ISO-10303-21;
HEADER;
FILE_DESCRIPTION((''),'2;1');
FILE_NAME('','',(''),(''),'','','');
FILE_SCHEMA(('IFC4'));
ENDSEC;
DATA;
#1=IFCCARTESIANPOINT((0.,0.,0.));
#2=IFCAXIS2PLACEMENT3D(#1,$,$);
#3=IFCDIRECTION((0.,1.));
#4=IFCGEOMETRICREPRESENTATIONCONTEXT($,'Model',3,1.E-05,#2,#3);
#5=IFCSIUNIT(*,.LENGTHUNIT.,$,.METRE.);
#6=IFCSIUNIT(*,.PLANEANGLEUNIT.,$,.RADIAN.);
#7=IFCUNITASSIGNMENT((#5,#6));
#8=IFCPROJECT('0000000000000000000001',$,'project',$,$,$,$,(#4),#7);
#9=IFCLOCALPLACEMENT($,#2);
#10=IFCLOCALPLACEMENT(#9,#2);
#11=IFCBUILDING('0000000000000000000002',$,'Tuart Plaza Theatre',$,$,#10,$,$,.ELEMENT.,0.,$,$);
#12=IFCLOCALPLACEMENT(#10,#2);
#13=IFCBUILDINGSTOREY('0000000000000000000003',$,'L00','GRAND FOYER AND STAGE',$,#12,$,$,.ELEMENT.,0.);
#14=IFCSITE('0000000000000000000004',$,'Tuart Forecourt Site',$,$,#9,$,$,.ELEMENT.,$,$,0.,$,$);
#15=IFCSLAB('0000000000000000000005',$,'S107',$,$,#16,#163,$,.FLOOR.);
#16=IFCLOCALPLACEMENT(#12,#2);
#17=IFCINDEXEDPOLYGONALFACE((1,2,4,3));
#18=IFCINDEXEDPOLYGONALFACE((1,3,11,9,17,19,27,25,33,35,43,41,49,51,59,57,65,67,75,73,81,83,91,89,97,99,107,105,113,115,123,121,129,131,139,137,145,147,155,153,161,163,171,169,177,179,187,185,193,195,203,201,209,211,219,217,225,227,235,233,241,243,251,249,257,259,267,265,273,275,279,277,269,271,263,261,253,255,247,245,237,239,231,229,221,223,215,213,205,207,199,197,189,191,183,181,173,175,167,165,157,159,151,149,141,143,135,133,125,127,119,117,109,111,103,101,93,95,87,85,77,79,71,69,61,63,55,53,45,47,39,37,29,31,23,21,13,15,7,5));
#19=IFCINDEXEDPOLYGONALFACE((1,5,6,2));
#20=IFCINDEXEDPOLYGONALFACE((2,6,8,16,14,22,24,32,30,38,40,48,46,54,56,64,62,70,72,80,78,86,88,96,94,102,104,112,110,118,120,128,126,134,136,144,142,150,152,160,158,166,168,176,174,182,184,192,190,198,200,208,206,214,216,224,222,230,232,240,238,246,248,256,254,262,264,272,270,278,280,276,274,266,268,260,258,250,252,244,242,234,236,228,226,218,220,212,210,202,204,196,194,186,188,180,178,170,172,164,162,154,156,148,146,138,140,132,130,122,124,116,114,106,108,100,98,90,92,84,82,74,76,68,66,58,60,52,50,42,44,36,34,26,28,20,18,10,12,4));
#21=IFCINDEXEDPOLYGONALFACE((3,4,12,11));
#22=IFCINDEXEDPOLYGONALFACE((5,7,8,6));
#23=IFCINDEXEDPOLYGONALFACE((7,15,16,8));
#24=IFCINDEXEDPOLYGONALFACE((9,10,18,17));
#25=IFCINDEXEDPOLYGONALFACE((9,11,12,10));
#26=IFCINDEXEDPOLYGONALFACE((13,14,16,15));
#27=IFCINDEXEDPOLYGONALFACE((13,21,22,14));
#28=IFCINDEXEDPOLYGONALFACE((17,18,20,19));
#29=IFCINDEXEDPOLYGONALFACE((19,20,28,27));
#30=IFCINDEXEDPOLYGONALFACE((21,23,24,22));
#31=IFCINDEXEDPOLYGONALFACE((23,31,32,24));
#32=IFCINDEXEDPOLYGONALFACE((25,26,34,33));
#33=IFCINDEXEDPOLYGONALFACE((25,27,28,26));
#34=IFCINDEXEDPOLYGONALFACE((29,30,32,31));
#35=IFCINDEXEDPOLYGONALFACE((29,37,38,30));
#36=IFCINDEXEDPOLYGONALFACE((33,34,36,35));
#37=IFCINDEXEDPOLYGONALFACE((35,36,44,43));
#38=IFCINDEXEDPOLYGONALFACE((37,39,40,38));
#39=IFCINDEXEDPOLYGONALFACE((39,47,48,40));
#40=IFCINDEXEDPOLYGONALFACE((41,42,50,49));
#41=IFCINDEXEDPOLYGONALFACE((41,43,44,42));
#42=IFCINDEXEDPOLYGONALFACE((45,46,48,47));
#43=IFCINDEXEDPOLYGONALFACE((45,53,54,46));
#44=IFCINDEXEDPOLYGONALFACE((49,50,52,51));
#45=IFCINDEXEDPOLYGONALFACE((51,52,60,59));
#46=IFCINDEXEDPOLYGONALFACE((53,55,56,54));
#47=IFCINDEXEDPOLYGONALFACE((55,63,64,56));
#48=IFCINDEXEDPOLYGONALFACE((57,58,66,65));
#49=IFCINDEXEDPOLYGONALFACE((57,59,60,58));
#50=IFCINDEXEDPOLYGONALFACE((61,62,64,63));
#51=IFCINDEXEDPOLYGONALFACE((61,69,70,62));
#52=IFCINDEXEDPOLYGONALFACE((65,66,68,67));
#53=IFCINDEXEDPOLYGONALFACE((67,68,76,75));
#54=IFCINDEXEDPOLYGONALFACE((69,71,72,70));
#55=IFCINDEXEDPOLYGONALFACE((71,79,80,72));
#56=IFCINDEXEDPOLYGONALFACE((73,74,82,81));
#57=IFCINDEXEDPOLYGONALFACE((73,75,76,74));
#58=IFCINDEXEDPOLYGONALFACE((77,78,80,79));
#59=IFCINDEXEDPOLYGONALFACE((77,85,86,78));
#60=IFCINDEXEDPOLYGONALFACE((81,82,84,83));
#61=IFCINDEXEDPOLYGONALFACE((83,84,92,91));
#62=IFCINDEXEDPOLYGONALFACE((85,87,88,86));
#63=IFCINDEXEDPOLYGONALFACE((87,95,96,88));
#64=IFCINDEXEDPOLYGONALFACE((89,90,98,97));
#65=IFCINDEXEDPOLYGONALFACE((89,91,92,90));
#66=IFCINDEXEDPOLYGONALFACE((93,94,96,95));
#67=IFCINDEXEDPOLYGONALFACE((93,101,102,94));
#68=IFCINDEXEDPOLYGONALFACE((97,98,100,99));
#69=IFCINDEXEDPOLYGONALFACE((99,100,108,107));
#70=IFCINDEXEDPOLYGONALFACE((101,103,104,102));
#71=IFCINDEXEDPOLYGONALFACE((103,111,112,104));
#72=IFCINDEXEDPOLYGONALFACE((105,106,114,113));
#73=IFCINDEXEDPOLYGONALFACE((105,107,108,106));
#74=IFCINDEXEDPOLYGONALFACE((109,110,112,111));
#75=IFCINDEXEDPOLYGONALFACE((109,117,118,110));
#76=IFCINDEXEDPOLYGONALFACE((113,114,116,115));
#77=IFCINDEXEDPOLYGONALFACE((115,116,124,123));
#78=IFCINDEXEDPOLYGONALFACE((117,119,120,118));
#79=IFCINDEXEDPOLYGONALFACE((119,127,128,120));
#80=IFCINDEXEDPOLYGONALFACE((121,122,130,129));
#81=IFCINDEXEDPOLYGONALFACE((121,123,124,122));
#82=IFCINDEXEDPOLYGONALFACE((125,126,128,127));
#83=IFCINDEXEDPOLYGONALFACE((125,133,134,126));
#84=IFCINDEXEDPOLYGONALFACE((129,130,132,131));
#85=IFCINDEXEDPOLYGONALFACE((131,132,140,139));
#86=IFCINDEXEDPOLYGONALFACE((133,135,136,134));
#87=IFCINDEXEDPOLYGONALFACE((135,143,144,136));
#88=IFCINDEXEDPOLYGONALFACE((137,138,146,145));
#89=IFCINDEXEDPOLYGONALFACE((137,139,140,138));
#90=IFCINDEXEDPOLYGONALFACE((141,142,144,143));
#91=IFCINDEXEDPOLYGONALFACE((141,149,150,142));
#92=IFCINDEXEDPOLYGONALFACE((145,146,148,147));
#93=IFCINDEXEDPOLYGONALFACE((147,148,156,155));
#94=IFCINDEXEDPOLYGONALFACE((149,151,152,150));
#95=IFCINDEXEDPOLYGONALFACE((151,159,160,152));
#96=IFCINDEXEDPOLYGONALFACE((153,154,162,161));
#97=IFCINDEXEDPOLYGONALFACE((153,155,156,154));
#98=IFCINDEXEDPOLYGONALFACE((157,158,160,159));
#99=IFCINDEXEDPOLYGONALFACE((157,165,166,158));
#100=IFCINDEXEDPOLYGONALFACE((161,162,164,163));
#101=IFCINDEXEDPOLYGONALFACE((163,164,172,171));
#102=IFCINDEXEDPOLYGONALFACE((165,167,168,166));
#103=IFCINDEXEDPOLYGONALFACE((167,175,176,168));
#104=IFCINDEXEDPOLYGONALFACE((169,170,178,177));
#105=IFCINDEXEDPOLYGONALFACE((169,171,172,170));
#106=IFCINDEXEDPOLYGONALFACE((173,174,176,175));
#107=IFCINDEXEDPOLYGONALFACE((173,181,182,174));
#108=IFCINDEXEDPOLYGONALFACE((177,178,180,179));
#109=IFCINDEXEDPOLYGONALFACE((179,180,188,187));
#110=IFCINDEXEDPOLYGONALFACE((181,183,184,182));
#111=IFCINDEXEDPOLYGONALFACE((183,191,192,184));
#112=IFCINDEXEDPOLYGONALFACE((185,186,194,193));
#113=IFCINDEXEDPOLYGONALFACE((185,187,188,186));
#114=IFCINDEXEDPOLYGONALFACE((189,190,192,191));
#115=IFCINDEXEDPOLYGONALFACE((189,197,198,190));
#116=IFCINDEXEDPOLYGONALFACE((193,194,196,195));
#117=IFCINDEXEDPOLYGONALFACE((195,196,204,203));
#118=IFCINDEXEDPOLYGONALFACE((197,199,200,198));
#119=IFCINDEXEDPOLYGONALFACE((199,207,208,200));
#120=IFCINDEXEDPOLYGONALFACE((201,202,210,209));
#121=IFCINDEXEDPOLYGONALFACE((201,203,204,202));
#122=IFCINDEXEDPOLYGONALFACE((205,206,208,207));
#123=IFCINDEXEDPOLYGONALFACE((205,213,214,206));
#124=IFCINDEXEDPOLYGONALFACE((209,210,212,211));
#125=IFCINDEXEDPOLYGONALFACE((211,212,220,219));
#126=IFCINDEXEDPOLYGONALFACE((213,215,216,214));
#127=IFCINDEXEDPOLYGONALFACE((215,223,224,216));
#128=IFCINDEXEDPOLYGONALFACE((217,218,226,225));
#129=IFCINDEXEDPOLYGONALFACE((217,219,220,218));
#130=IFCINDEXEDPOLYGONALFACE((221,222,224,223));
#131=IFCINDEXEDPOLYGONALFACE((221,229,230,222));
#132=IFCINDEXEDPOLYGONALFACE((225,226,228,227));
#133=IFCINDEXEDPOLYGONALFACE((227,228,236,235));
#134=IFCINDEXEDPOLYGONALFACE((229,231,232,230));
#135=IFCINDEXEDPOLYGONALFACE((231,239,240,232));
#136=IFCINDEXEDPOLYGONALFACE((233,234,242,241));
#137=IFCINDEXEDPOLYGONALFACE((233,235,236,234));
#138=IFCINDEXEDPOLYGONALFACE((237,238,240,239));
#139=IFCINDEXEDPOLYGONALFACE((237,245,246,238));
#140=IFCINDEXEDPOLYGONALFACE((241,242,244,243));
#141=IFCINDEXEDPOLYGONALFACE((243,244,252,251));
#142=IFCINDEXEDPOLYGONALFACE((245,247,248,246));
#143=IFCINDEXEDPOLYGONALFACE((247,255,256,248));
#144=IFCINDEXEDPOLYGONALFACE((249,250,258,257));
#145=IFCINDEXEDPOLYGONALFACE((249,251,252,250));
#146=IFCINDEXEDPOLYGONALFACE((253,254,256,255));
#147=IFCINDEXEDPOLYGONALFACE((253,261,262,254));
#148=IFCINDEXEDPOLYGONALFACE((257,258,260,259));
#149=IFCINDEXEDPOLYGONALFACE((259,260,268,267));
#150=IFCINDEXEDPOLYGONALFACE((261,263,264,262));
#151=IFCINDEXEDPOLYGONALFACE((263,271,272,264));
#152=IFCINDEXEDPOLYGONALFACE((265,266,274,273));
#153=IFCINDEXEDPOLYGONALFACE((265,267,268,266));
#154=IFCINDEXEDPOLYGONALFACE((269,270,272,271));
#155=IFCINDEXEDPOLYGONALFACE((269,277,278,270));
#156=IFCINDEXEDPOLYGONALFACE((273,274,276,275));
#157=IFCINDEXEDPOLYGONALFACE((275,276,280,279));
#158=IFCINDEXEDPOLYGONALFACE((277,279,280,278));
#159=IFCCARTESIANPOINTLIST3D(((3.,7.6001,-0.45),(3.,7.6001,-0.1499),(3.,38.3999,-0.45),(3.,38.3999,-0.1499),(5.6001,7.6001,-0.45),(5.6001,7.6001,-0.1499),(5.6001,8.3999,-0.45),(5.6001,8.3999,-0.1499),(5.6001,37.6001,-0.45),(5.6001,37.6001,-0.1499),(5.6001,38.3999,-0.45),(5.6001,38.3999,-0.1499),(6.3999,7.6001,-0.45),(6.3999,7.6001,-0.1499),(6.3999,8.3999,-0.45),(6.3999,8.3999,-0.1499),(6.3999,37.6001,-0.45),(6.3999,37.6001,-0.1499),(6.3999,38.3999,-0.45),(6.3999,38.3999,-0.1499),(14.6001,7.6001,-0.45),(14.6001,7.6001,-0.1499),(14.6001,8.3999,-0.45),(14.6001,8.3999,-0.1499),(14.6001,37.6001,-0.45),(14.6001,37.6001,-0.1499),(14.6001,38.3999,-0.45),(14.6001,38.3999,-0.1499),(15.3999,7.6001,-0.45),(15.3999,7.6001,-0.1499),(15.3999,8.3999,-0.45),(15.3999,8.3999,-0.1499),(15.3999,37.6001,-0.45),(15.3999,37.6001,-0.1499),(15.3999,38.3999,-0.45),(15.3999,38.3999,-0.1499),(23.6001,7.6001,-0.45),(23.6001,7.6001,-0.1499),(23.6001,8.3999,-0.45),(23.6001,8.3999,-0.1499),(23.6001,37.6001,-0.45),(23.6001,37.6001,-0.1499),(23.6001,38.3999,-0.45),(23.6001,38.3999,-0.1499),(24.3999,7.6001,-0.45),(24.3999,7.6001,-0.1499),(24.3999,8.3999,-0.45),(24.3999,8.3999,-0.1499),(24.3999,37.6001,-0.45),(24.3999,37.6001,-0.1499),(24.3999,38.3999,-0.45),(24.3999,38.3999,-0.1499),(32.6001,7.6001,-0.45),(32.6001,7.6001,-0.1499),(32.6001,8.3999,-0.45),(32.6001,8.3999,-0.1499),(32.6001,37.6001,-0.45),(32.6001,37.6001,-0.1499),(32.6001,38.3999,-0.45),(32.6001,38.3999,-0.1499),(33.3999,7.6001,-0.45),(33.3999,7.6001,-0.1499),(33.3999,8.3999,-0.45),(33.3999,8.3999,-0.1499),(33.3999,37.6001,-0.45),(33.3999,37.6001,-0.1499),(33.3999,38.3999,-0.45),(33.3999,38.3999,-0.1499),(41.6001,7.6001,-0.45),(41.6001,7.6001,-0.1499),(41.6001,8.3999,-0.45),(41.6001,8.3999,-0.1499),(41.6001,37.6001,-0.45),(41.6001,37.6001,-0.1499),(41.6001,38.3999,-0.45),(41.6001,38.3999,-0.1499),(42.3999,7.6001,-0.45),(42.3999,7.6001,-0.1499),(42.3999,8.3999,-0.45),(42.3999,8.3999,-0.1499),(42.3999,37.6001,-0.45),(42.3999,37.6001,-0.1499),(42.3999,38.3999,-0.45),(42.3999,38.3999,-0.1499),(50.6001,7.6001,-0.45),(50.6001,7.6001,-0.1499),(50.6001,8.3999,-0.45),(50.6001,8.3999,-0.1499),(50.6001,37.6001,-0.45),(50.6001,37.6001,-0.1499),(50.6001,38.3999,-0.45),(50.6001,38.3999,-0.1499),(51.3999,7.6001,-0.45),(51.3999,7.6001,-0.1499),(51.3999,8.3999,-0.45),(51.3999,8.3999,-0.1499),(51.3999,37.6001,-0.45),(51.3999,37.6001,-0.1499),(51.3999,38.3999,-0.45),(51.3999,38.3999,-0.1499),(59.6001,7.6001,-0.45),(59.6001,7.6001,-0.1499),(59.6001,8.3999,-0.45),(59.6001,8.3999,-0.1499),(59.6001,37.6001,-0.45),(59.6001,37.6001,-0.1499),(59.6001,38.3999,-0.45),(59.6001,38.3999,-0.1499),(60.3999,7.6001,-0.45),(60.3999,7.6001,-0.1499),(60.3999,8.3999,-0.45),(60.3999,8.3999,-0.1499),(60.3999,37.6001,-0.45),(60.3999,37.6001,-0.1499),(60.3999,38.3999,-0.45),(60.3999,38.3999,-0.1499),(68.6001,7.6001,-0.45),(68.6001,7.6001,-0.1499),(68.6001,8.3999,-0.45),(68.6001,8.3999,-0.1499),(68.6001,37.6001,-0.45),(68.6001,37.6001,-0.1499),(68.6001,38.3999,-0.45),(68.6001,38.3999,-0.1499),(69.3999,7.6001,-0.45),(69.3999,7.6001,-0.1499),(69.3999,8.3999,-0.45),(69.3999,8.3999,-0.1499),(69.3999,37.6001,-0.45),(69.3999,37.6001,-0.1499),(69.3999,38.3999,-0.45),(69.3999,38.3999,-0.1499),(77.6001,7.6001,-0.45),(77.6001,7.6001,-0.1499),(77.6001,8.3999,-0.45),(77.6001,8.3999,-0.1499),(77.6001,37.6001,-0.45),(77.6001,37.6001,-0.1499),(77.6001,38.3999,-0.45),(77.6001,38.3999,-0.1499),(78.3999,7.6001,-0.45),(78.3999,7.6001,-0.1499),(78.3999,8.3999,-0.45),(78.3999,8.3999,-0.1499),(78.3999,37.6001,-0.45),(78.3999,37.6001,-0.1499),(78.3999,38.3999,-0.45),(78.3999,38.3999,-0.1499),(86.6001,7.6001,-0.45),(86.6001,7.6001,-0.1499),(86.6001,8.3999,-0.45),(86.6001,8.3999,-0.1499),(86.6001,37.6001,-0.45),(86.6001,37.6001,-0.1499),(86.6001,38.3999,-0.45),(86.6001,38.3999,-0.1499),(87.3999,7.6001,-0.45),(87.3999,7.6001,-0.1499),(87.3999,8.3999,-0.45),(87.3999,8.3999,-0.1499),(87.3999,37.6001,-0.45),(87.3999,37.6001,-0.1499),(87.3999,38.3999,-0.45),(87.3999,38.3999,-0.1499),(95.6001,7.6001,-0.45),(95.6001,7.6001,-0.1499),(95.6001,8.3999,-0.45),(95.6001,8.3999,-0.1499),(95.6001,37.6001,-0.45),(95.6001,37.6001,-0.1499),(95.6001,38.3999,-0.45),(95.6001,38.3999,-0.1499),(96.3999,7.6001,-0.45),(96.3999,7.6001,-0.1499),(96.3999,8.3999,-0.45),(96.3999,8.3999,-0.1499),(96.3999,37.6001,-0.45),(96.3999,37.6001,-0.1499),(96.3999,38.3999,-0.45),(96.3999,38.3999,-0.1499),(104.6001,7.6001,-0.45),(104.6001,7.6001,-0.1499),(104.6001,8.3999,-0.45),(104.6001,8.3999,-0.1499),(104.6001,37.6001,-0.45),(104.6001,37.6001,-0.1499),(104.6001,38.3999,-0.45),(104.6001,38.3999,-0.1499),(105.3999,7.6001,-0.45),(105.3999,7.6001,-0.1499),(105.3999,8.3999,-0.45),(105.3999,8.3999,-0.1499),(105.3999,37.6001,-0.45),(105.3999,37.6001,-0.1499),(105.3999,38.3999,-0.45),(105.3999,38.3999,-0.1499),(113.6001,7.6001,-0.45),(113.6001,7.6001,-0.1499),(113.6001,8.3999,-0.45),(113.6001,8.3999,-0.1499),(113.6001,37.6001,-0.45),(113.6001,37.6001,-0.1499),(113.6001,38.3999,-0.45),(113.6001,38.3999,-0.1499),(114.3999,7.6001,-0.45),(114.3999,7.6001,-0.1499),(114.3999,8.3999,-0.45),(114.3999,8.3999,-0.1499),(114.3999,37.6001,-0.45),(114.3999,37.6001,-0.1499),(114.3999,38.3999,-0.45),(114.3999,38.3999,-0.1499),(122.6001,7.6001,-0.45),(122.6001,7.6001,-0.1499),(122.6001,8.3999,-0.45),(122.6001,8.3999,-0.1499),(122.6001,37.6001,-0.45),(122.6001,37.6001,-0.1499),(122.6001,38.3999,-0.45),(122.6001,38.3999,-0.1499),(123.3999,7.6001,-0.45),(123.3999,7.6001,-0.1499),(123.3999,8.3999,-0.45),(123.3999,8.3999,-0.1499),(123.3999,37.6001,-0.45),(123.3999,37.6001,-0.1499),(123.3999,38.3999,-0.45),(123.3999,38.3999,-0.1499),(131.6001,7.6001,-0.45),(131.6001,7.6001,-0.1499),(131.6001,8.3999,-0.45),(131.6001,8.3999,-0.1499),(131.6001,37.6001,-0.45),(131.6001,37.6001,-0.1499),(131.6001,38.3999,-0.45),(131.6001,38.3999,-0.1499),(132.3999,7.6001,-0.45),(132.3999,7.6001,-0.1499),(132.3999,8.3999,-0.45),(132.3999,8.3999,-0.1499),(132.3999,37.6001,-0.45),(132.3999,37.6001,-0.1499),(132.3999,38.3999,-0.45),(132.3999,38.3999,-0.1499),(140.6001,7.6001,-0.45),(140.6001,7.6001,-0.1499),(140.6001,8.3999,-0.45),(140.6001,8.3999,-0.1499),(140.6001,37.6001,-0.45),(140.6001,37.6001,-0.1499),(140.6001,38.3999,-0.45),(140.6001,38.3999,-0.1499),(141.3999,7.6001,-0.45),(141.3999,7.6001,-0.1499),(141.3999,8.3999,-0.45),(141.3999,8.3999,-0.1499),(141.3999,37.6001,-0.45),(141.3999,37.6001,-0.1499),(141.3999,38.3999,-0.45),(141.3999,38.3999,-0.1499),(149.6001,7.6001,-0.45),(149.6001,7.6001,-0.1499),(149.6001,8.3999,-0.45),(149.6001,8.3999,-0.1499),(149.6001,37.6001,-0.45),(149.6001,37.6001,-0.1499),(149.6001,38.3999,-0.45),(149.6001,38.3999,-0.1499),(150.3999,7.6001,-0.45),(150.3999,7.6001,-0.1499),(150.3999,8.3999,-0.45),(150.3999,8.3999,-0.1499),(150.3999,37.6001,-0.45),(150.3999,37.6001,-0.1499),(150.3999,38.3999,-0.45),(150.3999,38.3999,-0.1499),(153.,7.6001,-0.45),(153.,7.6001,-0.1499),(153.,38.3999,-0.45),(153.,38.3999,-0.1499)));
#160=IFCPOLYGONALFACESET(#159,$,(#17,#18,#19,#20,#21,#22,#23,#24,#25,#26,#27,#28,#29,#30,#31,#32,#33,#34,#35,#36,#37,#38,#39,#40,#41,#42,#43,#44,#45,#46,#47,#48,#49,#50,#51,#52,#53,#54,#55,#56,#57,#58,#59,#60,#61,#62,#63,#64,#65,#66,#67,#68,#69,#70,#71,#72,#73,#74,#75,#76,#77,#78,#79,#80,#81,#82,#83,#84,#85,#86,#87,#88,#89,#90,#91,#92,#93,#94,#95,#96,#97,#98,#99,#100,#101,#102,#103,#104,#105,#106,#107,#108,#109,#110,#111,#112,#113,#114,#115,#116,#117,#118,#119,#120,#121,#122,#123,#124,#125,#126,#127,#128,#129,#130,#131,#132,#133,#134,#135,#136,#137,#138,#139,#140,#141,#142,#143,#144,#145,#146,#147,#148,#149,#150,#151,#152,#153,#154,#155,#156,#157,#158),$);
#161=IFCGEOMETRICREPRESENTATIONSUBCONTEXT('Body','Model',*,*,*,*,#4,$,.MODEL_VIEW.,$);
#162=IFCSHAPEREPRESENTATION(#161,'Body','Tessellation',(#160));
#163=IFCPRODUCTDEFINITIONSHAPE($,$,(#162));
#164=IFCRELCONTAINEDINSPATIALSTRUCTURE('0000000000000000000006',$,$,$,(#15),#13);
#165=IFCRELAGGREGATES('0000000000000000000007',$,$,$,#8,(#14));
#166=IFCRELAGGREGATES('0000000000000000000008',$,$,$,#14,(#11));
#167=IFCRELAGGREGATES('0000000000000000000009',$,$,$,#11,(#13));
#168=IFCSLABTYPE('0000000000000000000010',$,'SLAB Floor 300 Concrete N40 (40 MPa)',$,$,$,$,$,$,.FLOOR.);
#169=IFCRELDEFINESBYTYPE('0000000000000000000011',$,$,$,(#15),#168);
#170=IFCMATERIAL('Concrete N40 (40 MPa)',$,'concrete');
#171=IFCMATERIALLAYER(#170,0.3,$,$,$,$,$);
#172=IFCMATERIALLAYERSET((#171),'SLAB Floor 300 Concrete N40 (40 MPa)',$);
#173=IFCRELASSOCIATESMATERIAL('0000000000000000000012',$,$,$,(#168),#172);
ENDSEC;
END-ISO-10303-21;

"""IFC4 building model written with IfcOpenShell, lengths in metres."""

from ifc_helpers import new_model, si_unit, direction, frame, origin, place, context, subcontext, project, spatial, polyline, outline, extrude, material, layer, layer_set, type_object, element, save


model = new_model("IFC4")

# Units and contexts
model_context = context("Model", 3, precision=1e-05, world=origin(), true_north=direction((0.0, 1.0)))
body_context = subcontext(model_context, "Body", "Model", "MODEL_VIEW")
ifc_project = project(units=[si_unit("LENGTHUNIT", "METRE"), si_unit("PLANEANGLEUNIT", "RADIAN")], contexts=[model_context])

# Site, building, storey
site_placement = place(None, origin())
site = spatial("IfcSite", under=ifc_project, at=site_placement, Name="Tuart Forecourt Site", CompositionType="ELEMENT", RefElevation=0.0)
building_placement = place(site_placement, origin())
building = spatial("IfcBuilding", under=site, at=building_placement, Name="Tuart Plaza Theatre", CompositionType="ELEMENT", ElevationOfRefHeight=0.0)
storey_placement = place(building_placement, origin())
storey = spatial("IfcBuildingStorey", under=building, at=storey_placement, Name="L00", Description="GRAND FOYER AND STAGE", CompositionType="ELEMENT", Elevation=0.0)

# Slab
ifc_material_1 = material(Name="Concrete N40 (40 MPa)", Category="concrete")
ifc_layer_1 = layer(ifc_material_1, 0.3)
ifc_layer_set_1 = layer_set([ifc_layer_1], Name="SLAB Floor 300 Concrete N40 (40 MPa)")
slab_type_1 = type_object("IfcSlabType", Name="SLAB Floor 300 Concrete N40 (40 MPa)", PredefinedType="FLOOR", material=ifc_layer_set_1)
slab_1_placement = place(storey_placement, frame((0.0, 0.0, -0.45)))
element("IfcSlab", 1, at=slab_1_placement, inside=storey, type_object=slab_type_1, Name="S107", PredefinedType="FLOOR", context=body_context, shape_type="SweptSolid", body=[
    extrude(outline(polyline([(5.6001, 7.6001), (5.6001, 8.3999), (6.3999, 8.3999), (6.3999, 7.6001), (14.6001, 7.6001), (14.6001, 8.3999), (15.3999, 8.3999), (15.3999, 7.6001), (23.6001, 7.6001), (23.6001, 8.3999), (24.3999, 8.3999), (24.3999, 7.6001), (32.6001, 7.6001), (32.6001, 8.3999), (33.3999, 8.3999), (33.3999, 7.6001), (41.6001, 7.6001), (41.6001, 8.3999), (42.3999, 8.3999), (42.3999, 7.6001), (50.6001, 7.6001), (50.6001, 8.3999), (51.3999, 8.3999), (51.3999, 7.6001), (59.6001, 7.6001), (59.6001, 8.3999), (60.3999, 8.3999), (60.3999, 7.6001), (68.6001, 7.6001), (68.6001, 8.3999), (69.3999, 8.3999), (69.3999, 7.6001), (77.6001, 7.6001), (77.6001, 8.3999), (78.3999, 8.3999), (78.3999, 7.6001), (86.6001, 7.6001), (86.6001, 8.3999), (87.3999, 8.3999), (87.3999, 7.6001), (95.6001, 7.6001), (95.6001, 8.3999), (96.3999, 8.3999), (96.3999, 7.6001), (104.6001, 7.6001), (104.6001, 8.3999), (105.3999, 8.3999), (105.3999, 7.6001), (113.6001, 7.6001), (113.6001, 8.3999), (114.3999, 8.3999), (114.3999, 7.6001), (122.6001, 7.6001), (122.6001, 8.3999), (123.3999, 8.3999), (123.3999, 7.6001), (131.6001, 7.6001), (131.6001, 8.3999), (132.3999, 8.3999), (132.3999, 7.6001), (140.6001, 7.6001), (140.6001, 8.3999), (141.3999, 8.3999), (141.3999, 7.6001), (149.6001, 7.6001), (149.6001, 8.3999), (150.3999, 8.3999), (150.3999, 7.6001), (153.0, 7.6001), (153.0, 38.3999), (150.3999, 38.3999), (150.3999, 37.6001), (149.6001, 37.6001), (149.6001, 38.3999), (141.3999, 38.3999), (141.3999, 37.6001), (140.6001, 37.6001), (140.6001, 38.3999), (132.3999, 38.3999), (132.3999, 37.6001), (131.6001, 37.6001), (131.6001, 38.3999), (123.3999, 38.3999), (123.3999, 37.6001), (122.6001, 37.6001), (122.6001, 38.3999), (114.3999, 38.3999), (114.3999, 37.6001), (113.6001, 37.6001), (113.6001, 38.3999), (105.3999, 38.3999), (105.3999, 37.6001), (104.6001, 37.6001), (104.6001, 38.3999), (96.3999, 38.3999), (96.3999, 37.6001), (95.6001, 37.6001), (95.6001, 38.3999), (87.3999, 38.3999), (87.3999, 37.6001), (86.6001, 37.6001), (86.6001, 38.3999), (78.3999, 38.3999), (78.3999, 37.6001), (77.6001, 37.6001), (77.6001, 38.3999), (69.3999, 38.3999), (69.3999, 37.6001), (68.6001, 37.6001), (68.6001, 38.3999), (60.3999, 38.3999), (60.3999, 37.6001), (59.6001, 37.6001), (59.6001, 38.3999), (51.3999, 38.3999), (51.3999, 37.6001), (50.6001, 37.6001), (50.6001, 38.3999), (42.3999, 38.3999), (42.3999, 37.6001), (41.6001, 37.6001), (41.6001, 38.3999), (33.3999, 38.3999), (33.3999, 37.6001), (32.6001, 37.6001), (32.6001, 38.3999), (24.3999, 38.3999), (24.3999, 37.6001), (23.6001, 37.6001), (23.6001, 38.3999), (15.3999, 38.3999), (15.3999, 37.6001), (14.6001, 37.6001), (14.6001, 38.3999), (6.3999, 38.3999), (6.3999, 37.6001), (5.6001, 37.6001), (5.6001, 38.3999), (3.0, 38.3999), (3.0, 7.6001), (5.6001, 7.6001)])), origin(), (0.0, 0.0, 1.0), 0.3),
])

save(model, "model.ifc")
